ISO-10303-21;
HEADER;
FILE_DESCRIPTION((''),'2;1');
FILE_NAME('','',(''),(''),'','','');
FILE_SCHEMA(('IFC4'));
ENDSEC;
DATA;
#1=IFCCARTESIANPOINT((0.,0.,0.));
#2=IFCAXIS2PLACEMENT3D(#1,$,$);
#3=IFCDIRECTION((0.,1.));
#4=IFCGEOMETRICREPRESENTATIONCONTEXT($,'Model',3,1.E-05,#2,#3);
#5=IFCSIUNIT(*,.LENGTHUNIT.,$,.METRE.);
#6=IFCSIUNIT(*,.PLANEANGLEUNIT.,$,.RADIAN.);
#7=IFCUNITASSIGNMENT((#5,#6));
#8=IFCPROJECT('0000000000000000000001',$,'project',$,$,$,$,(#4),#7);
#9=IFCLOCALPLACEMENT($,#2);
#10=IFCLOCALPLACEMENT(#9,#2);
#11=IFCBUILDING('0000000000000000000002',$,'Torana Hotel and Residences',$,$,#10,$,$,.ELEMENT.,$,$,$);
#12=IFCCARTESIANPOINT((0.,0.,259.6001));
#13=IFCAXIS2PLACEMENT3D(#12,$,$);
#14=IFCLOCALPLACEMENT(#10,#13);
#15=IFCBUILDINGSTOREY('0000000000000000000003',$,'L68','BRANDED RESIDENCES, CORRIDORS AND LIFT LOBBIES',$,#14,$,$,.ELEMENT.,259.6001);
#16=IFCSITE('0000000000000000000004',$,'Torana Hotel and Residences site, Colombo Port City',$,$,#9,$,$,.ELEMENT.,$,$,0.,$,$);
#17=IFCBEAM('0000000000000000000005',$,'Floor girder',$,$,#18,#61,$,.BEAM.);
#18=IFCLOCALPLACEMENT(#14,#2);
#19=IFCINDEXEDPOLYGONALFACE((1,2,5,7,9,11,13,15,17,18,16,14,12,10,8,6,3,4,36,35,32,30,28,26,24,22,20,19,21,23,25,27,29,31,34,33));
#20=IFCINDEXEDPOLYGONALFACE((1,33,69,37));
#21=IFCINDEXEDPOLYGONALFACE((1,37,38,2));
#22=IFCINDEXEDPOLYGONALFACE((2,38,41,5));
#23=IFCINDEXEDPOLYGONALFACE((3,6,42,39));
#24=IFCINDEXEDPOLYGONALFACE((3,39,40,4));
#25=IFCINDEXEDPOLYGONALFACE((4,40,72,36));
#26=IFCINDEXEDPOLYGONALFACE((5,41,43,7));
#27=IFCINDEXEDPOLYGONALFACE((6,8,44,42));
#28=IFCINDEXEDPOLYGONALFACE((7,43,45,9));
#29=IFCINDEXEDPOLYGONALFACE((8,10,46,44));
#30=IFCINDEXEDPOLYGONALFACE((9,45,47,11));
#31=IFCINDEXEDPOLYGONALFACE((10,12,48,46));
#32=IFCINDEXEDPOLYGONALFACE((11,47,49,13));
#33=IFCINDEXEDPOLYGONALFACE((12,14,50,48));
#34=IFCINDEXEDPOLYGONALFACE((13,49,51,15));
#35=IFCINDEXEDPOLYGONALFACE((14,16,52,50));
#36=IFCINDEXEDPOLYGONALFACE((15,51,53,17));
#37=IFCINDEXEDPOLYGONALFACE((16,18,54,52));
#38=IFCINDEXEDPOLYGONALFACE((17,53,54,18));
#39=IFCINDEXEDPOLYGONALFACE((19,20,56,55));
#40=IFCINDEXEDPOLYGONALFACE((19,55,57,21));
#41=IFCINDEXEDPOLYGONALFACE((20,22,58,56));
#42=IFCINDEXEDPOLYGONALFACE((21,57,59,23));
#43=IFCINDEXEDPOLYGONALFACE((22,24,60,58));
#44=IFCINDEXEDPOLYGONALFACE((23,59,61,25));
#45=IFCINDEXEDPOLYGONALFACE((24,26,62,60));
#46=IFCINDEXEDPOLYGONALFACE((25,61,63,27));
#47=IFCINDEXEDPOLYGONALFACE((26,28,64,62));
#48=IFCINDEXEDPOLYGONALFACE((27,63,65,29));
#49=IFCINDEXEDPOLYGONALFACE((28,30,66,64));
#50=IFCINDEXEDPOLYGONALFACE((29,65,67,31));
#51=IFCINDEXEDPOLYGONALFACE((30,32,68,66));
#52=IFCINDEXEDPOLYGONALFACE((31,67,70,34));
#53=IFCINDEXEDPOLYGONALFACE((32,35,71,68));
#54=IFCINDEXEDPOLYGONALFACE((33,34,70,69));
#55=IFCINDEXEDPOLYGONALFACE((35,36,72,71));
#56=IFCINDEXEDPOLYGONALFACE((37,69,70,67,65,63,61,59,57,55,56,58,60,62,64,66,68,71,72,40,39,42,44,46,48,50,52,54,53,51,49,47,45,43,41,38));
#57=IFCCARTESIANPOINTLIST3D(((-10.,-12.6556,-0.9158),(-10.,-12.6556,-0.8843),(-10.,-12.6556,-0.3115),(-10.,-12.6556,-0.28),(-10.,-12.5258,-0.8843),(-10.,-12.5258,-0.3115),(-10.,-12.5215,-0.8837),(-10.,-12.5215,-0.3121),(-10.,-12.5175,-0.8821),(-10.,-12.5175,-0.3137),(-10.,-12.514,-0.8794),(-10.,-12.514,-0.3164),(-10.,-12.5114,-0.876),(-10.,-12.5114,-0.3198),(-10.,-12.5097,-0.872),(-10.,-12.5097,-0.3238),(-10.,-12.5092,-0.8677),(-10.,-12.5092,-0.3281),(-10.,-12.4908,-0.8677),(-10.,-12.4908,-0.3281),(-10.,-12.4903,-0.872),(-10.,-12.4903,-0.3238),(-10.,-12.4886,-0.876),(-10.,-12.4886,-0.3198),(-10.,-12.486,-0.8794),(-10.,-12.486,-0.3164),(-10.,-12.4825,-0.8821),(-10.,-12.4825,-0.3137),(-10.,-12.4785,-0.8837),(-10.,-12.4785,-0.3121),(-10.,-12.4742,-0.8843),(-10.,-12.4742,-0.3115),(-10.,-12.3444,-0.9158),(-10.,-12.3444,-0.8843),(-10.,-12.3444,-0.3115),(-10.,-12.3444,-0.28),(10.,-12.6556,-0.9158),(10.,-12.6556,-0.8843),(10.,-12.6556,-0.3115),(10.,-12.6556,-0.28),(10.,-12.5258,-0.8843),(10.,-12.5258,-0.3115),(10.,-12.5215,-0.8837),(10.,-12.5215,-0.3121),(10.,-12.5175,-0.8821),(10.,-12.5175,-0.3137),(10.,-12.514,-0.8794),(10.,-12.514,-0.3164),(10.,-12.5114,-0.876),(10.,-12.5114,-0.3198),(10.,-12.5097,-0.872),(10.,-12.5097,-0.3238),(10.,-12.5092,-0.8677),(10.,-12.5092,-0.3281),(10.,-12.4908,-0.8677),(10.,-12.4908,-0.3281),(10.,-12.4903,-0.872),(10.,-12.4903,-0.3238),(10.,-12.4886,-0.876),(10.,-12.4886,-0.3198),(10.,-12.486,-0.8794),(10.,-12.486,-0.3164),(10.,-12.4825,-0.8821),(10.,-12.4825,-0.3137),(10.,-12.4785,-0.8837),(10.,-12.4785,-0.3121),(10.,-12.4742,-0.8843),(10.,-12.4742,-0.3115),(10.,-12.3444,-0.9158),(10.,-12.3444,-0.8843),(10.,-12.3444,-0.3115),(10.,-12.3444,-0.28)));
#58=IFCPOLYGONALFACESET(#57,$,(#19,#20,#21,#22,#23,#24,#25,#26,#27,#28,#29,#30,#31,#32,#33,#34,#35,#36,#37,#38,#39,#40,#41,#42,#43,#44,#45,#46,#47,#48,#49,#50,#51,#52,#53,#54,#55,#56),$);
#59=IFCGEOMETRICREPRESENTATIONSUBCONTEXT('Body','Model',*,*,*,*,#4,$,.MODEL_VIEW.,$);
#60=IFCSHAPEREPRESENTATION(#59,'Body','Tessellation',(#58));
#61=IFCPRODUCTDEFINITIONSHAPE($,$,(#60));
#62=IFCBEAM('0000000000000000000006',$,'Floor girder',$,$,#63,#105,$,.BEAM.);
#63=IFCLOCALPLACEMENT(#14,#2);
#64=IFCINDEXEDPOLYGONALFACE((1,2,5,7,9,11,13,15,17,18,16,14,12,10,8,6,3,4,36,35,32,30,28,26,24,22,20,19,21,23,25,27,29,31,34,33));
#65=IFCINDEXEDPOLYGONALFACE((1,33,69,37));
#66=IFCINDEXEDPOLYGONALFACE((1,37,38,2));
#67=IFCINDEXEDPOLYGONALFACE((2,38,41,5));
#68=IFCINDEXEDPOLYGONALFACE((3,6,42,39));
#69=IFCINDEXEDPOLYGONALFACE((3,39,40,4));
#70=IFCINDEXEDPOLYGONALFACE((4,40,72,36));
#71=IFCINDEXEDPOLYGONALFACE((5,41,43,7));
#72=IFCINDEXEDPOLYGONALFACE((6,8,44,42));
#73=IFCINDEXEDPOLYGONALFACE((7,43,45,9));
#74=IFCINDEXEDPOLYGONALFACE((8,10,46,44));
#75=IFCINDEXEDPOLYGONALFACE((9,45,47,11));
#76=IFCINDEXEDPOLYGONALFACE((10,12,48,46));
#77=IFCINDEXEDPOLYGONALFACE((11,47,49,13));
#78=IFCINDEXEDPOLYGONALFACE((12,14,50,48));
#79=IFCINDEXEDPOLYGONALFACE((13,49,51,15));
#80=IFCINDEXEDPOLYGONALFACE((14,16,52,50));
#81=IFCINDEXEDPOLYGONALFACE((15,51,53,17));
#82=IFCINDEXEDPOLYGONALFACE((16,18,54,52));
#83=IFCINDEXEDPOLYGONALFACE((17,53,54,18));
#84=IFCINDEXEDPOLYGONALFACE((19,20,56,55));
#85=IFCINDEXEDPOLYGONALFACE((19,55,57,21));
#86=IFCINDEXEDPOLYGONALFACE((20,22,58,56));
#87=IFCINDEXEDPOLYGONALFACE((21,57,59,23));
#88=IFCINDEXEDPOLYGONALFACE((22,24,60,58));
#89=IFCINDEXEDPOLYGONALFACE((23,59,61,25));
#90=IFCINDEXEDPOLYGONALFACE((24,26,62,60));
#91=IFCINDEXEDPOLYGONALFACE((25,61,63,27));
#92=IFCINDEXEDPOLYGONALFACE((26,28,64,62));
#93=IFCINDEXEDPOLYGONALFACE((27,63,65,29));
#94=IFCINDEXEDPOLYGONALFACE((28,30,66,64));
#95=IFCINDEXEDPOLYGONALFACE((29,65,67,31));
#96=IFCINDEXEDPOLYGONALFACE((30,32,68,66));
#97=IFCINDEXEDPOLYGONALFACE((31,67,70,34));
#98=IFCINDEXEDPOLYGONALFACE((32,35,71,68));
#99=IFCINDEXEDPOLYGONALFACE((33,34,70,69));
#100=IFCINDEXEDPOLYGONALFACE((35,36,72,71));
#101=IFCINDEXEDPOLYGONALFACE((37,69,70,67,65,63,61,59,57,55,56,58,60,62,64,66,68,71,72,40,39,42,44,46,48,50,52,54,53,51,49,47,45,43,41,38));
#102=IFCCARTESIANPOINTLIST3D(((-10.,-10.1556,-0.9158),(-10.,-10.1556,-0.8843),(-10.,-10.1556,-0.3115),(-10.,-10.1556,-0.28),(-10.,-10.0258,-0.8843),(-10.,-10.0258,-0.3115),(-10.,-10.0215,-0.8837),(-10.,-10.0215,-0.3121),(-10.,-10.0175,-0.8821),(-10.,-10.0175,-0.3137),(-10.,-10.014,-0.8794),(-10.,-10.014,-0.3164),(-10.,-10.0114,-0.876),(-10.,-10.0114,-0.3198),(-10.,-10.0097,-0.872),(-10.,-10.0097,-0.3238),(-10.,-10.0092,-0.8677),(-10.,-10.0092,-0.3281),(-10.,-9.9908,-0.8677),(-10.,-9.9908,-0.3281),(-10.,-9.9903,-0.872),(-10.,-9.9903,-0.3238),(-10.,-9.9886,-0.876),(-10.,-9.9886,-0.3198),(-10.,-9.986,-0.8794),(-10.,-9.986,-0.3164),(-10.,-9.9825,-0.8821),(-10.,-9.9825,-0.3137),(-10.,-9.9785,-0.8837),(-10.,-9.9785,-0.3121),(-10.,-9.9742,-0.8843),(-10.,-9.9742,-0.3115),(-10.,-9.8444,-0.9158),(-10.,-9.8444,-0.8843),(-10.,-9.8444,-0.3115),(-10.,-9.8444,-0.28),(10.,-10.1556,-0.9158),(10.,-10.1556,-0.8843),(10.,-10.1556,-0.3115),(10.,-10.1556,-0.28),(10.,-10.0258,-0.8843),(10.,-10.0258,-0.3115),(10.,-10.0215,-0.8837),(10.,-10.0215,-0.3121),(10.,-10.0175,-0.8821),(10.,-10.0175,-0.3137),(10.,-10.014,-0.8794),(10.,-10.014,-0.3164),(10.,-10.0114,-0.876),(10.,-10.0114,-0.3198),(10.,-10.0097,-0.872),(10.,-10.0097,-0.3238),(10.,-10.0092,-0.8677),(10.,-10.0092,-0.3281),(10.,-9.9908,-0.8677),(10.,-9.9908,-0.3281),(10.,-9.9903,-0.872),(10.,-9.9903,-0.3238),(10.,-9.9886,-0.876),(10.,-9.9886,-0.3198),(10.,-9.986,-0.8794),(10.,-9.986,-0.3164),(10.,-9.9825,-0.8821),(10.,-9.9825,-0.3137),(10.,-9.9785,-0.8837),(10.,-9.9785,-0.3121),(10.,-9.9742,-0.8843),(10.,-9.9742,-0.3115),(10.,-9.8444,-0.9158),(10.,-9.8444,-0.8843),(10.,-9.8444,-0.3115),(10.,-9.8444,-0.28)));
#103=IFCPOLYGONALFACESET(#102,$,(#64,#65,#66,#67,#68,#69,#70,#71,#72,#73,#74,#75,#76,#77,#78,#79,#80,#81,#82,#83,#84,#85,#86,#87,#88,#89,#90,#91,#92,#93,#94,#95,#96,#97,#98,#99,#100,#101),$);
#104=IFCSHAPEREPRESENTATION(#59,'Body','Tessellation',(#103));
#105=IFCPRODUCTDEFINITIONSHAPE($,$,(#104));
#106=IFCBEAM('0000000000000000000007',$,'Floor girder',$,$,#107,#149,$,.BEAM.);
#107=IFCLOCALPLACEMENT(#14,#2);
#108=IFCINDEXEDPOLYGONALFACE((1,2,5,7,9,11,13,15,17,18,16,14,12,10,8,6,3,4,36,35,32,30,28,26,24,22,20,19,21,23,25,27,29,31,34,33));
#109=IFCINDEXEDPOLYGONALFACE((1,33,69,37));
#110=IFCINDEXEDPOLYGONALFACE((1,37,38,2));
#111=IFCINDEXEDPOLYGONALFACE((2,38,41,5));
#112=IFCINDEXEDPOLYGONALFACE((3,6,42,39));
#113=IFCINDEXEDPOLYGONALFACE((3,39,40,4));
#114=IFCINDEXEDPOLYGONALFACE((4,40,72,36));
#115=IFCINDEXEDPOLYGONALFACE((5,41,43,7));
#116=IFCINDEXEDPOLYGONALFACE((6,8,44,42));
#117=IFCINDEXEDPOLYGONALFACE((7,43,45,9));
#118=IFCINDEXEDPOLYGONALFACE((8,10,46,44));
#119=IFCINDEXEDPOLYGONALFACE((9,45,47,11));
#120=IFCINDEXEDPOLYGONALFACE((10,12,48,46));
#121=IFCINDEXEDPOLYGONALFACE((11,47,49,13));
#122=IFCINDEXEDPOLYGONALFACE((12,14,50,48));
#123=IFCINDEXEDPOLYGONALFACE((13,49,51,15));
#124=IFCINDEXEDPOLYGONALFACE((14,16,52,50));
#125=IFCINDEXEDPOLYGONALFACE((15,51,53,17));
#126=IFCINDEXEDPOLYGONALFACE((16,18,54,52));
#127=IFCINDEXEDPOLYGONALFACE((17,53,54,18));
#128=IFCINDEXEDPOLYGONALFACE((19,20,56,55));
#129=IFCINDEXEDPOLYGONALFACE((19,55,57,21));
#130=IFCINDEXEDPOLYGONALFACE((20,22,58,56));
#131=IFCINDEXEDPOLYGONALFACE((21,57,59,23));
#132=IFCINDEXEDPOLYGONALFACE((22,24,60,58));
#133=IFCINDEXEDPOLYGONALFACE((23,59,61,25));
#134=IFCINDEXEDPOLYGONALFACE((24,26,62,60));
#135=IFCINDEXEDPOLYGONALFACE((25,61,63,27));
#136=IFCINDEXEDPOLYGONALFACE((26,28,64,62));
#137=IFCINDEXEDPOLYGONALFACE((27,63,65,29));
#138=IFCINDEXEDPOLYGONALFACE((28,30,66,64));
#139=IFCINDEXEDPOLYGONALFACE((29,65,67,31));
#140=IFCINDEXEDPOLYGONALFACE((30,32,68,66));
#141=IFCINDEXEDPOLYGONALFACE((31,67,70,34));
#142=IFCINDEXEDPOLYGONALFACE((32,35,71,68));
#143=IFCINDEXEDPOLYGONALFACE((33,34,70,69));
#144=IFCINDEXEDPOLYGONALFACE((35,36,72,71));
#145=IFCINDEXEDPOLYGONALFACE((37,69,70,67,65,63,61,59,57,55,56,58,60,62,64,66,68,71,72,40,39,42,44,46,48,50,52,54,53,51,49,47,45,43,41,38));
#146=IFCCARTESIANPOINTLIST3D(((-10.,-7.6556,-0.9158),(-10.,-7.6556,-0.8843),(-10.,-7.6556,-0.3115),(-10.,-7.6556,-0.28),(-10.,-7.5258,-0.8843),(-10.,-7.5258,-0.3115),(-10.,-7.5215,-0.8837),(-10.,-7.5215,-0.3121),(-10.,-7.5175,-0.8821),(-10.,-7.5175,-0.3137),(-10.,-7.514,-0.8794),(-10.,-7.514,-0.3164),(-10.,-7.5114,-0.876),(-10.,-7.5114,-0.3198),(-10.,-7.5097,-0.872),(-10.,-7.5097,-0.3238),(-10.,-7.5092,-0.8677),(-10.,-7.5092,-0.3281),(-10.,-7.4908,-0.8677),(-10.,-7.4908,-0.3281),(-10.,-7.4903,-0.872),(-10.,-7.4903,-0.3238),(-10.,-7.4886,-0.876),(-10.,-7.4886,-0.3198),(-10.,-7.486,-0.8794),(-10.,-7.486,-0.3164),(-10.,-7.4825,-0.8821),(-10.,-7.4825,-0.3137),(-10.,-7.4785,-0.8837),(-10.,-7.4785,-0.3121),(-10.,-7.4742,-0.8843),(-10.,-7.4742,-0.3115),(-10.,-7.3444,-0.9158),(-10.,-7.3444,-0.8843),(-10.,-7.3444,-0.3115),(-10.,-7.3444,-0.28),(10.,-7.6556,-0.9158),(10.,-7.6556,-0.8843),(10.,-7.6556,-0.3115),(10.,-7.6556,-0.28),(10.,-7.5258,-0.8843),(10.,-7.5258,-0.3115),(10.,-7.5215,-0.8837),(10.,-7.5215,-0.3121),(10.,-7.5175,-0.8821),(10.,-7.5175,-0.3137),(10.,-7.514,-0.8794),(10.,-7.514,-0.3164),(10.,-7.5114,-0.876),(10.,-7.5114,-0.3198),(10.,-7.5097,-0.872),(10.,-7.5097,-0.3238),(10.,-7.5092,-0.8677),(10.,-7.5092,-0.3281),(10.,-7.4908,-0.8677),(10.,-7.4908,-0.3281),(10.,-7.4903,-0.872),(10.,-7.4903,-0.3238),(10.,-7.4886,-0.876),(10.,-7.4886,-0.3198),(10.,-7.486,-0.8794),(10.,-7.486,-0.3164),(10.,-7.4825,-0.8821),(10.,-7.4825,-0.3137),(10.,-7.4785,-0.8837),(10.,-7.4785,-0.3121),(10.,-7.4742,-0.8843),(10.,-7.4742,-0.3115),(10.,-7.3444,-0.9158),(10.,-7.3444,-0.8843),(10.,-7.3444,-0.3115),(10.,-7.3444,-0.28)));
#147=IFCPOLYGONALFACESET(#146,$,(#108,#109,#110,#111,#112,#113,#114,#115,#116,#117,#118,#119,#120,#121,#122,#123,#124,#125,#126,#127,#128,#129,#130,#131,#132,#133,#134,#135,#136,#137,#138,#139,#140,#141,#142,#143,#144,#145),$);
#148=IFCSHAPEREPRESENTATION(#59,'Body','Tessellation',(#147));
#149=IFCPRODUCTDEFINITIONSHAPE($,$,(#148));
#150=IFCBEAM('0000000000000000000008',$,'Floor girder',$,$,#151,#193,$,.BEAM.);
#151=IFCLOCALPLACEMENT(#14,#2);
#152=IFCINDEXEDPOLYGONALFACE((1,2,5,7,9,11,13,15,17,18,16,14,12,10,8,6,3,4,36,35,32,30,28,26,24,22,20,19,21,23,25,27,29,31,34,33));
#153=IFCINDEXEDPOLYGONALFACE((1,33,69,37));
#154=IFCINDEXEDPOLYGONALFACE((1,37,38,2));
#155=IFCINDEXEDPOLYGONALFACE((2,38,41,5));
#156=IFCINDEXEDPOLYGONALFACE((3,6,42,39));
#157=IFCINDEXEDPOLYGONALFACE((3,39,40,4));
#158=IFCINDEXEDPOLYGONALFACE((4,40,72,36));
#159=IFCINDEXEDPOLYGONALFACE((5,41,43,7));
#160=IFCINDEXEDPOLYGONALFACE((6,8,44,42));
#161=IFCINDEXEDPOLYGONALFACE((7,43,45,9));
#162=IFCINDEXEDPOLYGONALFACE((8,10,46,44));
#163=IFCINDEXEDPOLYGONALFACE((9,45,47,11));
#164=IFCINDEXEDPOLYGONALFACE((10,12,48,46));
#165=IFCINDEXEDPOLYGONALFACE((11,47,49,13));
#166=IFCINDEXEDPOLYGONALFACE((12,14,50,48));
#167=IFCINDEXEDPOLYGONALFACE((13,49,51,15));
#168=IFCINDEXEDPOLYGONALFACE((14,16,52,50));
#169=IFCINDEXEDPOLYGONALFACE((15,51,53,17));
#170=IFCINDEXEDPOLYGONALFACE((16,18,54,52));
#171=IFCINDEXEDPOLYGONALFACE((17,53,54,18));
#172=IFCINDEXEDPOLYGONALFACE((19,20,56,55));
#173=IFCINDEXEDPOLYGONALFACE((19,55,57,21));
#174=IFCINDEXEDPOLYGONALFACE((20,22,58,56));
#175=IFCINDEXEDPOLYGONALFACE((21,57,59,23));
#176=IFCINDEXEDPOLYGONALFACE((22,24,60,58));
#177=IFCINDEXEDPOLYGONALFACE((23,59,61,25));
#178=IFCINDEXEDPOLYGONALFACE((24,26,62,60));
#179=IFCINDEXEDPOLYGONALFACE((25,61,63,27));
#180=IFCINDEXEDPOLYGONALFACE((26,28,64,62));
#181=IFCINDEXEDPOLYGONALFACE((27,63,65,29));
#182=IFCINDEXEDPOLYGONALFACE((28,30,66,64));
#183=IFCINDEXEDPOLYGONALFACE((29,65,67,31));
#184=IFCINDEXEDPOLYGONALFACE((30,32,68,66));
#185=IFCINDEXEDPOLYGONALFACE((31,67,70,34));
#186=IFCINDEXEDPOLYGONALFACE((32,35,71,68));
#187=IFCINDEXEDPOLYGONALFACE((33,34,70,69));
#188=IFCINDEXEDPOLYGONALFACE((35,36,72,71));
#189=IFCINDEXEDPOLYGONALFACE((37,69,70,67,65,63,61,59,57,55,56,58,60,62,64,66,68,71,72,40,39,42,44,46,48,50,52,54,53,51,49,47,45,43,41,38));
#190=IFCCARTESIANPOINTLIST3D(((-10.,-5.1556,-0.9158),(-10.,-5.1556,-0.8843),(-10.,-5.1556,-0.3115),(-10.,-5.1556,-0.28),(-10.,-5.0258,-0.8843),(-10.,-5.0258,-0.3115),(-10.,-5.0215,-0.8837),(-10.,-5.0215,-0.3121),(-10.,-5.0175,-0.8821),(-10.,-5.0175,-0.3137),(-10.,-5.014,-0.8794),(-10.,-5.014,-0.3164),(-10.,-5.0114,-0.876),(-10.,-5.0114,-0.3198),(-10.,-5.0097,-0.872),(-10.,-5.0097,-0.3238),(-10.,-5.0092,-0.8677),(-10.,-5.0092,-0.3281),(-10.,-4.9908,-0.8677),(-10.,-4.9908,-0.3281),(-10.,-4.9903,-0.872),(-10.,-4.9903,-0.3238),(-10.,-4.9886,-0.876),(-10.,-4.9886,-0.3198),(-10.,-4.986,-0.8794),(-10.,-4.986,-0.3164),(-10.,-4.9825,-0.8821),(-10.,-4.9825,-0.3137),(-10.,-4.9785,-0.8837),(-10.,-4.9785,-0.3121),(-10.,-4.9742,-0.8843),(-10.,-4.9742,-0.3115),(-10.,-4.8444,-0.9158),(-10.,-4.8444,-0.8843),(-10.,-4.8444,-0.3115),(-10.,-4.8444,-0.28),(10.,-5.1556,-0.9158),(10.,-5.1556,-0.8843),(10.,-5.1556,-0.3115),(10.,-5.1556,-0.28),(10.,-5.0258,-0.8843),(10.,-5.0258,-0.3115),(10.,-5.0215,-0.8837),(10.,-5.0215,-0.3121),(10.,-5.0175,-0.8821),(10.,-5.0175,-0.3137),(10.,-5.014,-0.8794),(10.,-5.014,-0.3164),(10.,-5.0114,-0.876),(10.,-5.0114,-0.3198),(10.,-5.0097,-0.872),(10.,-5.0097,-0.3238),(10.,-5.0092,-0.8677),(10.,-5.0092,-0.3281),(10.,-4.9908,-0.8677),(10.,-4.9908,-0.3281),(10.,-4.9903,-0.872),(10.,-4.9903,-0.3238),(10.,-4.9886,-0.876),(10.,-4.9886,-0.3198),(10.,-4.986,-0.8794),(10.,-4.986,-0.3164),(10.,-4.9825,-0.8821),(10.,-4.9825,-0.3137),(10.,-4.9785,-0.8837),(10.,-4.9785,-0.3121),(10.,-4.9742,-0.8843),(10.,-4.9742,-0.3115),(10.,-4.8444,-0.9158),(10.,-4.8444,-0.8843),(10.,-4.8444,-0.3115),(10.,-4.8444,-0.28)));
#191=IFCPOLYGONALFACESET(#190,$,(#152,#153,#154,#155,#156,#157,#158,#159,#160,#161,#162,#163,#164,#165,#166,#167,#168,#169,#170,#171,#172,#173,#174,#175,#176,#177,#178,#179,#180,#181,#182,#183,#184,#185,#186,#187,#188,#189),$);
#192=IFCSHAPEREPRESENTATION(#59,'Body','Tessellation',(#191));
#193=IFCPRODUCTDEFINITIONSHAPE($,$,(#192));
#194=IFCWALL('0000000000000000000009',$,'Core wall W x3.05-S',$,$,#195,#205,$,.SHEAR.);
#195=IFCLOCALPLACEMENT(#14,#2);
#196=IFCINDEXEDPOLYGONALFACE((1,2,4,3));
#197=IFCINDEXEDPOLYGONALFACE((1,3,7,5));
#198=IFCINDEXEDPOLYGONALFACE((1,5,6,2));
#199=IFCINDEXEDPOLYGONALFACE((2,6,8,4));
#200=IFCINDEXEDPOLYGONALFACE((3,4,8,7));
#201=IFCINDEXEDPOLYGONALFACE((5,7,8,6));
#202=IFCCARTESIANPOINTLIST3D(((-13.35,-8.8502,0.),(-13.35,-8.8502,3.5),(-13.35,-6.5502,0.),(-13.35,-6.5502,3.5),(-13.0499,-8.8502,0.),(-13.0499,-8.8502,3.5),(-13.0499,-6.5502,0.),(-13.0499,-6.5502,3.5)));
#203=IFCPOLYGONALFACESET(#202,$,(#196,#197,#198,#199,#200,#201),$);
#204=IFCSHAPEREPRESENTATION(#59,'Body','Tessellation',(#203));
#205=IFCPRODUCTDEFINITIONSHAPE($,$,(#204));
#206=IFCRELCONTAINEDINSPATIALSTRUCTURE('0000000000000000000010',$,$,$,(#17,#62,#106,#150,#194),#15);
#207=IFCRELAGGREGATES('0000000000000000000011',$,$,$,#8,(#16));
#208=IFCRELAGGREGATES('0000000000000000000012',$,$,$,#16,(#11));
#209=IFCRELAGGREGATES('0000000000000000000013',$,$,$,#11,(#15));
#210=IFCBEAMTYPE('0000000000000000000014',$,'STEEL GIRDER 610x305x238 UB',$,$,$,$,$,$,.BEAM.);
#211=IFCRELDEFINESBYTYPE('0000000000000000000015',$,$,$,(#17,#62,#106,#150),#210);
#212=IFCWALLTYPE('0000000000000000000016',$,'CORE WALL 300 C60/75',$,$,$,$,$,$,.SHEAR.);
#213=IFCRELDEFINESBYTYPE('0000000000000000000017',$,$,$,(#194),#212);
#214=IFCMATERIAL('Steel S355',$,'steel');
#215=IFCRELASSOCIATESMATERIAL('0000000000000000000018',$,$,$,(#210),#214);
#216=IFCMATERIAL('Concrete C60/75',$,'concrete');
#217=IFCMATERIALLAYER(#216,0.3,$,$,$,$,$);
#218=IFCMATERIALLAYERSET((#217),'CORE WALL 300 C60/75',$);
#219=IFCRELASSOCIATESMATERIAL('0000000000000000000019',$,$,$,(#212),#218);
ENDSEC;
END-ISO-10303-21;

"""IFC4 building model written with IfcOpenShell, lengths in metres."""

from ifc_helpers import new_model, si_unit, direction, frame, frame_2d, origin, origin_2d, place, context, subcontext, project, spatial, rectangle, i_section, extrude, material, layer, layer_set, material_profile, profile_set, type_object, element, save


model = new_model("IFC4")

# Units and contexts
model_context = context("Model", 3, precision=1e-05, world=origin(), true_north=direction((0.0, 1.0)))
body_context = subcontext(model_context, "Body", "Model", "MODEL_VIEW")
ifc_project = project(units=[si_unit("LENGTHUNIT", "METRE"), si_unit("PLANEANGLEUNIT", "RADIAN")], contexts=[model_context])

# Site, building, storey
site_placement = place(None, origin())
site = spatial("IfcSite", under=ifc_project, at=site_placement, Name="Torana Hotel and Residences site, Colombo Port City", CompositionType="ELEMENT", RefElevation=0.0)
building_placement = place(site_placement, origin())
building = spatial("IfcBuilding", under=site, at=building_placement, Name="Torana Hotel and Residences", CompositionType="ELEMENT")
storey_placement = place(building_placement, frame((0.0, 0.0, 259.6001)))
storey = spatial("IfcBuildingStorey", under=building, at=storey_placement, Name="L68", Description="BRANDED RESIDENCES, CORRIDORS AND LIFT LOBBIES", CompositionType="ELEMENT", Elevation=259.6001)

# Beams
ifc_material_1 = material(Name="Steel S355", Category="steel")
ifc_material_profile = material_profile(ifc_material_1, i_section(OverallWidth=0.3113, OverallDepth=0.6357, WebThickness=0.0183, FlangeThickness=0.0315, FilletRadius=0.0166, at=origin_2d()), Name="610x305x238 UB")
ifc_profile_set = profile_set([ifc_material_profile], Name="Steel S355")
beam_type = type_object("IfcBeamType", Name="STEEL GIRDER 610x305x238 UB", PredefinedType="BEAM", material=ifc_profile_set)
for number, where, z_axis, x_axis, name in (
    (1, (-10.0, -12.5, -0.5979), (1.0, 0.0, 0.0), (0.0, 1.0, 0.0), "Floor girder"),
    (2, (-10.0, -10.0, -0.5979), (1.0, 0.0, 0.0), (0.0, 1.0, 0.0), "Floor girder"),
    (3, (-10.0, -7.5, -0.5979), (1.0, 0.0, 0.0), (0.0, 1.0, 0.0), "Floor girder"),
    (4, (-10.0, -5.0, -0.5979), (1.0, 0.0, 0.0), (0.0, 1.0, 0.0), "Floor girder"),
):
    element("IfcBeam", number, at=place(storey_placement, frame(where, z_axis=z_axis, x_axis=x_axis)), inside=storey, type_object=beam_type, Name=name, PredefinedType="BEAM", context=body_context, shape_type="SweptSolid", body=[
        extrude(i_section(OverallWidth=0.3113, OverallDepth=0.6357, WebThickness=0.0183, FlangeThickness=0.0315, FilletRadius=0.0166, at=origin_2d()), origin(), (0.0, 0.0, 1.0), 20.0),
    ])

# Wall
ifc_material_2 = material(Name="Concrete C60/75", Category="concrete")
ifc_layer_1 = layer(ifc_material_2, 0.3)
ifc_layer_set_1 = layer_set([ifc_layer_1], Name="CORE WALL 300 C60/75")
wall_type_1 = type_object("IfcWallType", Name="CORE WALL 300 C60/75", PredefinedType="SHEAR", material=ifc_layer_set_1)
wall_1_placement = place(storey_placement, frame((-13.2, -8.8501, 0.0), z_axis=(0.0, 0.0, 1.0), x_axis=(0.0, 1.0, 0.0)))
element("IfcWall", 5, at=wall_1_placement, inside=storey, type_object=wall_type_1, Name="Core wall W x3.05-S", PredefinedType="SHEAR", context=body_context, shape_type="SweptSolid", body=[
    extrude(rectangle(XDim=2.3, YDim=0.3, at=frame_2d((1.1499, 0.0))), origin(), (0.0, 0.0, 1.0), 3.5),
])

save(model, "model.ifc")
